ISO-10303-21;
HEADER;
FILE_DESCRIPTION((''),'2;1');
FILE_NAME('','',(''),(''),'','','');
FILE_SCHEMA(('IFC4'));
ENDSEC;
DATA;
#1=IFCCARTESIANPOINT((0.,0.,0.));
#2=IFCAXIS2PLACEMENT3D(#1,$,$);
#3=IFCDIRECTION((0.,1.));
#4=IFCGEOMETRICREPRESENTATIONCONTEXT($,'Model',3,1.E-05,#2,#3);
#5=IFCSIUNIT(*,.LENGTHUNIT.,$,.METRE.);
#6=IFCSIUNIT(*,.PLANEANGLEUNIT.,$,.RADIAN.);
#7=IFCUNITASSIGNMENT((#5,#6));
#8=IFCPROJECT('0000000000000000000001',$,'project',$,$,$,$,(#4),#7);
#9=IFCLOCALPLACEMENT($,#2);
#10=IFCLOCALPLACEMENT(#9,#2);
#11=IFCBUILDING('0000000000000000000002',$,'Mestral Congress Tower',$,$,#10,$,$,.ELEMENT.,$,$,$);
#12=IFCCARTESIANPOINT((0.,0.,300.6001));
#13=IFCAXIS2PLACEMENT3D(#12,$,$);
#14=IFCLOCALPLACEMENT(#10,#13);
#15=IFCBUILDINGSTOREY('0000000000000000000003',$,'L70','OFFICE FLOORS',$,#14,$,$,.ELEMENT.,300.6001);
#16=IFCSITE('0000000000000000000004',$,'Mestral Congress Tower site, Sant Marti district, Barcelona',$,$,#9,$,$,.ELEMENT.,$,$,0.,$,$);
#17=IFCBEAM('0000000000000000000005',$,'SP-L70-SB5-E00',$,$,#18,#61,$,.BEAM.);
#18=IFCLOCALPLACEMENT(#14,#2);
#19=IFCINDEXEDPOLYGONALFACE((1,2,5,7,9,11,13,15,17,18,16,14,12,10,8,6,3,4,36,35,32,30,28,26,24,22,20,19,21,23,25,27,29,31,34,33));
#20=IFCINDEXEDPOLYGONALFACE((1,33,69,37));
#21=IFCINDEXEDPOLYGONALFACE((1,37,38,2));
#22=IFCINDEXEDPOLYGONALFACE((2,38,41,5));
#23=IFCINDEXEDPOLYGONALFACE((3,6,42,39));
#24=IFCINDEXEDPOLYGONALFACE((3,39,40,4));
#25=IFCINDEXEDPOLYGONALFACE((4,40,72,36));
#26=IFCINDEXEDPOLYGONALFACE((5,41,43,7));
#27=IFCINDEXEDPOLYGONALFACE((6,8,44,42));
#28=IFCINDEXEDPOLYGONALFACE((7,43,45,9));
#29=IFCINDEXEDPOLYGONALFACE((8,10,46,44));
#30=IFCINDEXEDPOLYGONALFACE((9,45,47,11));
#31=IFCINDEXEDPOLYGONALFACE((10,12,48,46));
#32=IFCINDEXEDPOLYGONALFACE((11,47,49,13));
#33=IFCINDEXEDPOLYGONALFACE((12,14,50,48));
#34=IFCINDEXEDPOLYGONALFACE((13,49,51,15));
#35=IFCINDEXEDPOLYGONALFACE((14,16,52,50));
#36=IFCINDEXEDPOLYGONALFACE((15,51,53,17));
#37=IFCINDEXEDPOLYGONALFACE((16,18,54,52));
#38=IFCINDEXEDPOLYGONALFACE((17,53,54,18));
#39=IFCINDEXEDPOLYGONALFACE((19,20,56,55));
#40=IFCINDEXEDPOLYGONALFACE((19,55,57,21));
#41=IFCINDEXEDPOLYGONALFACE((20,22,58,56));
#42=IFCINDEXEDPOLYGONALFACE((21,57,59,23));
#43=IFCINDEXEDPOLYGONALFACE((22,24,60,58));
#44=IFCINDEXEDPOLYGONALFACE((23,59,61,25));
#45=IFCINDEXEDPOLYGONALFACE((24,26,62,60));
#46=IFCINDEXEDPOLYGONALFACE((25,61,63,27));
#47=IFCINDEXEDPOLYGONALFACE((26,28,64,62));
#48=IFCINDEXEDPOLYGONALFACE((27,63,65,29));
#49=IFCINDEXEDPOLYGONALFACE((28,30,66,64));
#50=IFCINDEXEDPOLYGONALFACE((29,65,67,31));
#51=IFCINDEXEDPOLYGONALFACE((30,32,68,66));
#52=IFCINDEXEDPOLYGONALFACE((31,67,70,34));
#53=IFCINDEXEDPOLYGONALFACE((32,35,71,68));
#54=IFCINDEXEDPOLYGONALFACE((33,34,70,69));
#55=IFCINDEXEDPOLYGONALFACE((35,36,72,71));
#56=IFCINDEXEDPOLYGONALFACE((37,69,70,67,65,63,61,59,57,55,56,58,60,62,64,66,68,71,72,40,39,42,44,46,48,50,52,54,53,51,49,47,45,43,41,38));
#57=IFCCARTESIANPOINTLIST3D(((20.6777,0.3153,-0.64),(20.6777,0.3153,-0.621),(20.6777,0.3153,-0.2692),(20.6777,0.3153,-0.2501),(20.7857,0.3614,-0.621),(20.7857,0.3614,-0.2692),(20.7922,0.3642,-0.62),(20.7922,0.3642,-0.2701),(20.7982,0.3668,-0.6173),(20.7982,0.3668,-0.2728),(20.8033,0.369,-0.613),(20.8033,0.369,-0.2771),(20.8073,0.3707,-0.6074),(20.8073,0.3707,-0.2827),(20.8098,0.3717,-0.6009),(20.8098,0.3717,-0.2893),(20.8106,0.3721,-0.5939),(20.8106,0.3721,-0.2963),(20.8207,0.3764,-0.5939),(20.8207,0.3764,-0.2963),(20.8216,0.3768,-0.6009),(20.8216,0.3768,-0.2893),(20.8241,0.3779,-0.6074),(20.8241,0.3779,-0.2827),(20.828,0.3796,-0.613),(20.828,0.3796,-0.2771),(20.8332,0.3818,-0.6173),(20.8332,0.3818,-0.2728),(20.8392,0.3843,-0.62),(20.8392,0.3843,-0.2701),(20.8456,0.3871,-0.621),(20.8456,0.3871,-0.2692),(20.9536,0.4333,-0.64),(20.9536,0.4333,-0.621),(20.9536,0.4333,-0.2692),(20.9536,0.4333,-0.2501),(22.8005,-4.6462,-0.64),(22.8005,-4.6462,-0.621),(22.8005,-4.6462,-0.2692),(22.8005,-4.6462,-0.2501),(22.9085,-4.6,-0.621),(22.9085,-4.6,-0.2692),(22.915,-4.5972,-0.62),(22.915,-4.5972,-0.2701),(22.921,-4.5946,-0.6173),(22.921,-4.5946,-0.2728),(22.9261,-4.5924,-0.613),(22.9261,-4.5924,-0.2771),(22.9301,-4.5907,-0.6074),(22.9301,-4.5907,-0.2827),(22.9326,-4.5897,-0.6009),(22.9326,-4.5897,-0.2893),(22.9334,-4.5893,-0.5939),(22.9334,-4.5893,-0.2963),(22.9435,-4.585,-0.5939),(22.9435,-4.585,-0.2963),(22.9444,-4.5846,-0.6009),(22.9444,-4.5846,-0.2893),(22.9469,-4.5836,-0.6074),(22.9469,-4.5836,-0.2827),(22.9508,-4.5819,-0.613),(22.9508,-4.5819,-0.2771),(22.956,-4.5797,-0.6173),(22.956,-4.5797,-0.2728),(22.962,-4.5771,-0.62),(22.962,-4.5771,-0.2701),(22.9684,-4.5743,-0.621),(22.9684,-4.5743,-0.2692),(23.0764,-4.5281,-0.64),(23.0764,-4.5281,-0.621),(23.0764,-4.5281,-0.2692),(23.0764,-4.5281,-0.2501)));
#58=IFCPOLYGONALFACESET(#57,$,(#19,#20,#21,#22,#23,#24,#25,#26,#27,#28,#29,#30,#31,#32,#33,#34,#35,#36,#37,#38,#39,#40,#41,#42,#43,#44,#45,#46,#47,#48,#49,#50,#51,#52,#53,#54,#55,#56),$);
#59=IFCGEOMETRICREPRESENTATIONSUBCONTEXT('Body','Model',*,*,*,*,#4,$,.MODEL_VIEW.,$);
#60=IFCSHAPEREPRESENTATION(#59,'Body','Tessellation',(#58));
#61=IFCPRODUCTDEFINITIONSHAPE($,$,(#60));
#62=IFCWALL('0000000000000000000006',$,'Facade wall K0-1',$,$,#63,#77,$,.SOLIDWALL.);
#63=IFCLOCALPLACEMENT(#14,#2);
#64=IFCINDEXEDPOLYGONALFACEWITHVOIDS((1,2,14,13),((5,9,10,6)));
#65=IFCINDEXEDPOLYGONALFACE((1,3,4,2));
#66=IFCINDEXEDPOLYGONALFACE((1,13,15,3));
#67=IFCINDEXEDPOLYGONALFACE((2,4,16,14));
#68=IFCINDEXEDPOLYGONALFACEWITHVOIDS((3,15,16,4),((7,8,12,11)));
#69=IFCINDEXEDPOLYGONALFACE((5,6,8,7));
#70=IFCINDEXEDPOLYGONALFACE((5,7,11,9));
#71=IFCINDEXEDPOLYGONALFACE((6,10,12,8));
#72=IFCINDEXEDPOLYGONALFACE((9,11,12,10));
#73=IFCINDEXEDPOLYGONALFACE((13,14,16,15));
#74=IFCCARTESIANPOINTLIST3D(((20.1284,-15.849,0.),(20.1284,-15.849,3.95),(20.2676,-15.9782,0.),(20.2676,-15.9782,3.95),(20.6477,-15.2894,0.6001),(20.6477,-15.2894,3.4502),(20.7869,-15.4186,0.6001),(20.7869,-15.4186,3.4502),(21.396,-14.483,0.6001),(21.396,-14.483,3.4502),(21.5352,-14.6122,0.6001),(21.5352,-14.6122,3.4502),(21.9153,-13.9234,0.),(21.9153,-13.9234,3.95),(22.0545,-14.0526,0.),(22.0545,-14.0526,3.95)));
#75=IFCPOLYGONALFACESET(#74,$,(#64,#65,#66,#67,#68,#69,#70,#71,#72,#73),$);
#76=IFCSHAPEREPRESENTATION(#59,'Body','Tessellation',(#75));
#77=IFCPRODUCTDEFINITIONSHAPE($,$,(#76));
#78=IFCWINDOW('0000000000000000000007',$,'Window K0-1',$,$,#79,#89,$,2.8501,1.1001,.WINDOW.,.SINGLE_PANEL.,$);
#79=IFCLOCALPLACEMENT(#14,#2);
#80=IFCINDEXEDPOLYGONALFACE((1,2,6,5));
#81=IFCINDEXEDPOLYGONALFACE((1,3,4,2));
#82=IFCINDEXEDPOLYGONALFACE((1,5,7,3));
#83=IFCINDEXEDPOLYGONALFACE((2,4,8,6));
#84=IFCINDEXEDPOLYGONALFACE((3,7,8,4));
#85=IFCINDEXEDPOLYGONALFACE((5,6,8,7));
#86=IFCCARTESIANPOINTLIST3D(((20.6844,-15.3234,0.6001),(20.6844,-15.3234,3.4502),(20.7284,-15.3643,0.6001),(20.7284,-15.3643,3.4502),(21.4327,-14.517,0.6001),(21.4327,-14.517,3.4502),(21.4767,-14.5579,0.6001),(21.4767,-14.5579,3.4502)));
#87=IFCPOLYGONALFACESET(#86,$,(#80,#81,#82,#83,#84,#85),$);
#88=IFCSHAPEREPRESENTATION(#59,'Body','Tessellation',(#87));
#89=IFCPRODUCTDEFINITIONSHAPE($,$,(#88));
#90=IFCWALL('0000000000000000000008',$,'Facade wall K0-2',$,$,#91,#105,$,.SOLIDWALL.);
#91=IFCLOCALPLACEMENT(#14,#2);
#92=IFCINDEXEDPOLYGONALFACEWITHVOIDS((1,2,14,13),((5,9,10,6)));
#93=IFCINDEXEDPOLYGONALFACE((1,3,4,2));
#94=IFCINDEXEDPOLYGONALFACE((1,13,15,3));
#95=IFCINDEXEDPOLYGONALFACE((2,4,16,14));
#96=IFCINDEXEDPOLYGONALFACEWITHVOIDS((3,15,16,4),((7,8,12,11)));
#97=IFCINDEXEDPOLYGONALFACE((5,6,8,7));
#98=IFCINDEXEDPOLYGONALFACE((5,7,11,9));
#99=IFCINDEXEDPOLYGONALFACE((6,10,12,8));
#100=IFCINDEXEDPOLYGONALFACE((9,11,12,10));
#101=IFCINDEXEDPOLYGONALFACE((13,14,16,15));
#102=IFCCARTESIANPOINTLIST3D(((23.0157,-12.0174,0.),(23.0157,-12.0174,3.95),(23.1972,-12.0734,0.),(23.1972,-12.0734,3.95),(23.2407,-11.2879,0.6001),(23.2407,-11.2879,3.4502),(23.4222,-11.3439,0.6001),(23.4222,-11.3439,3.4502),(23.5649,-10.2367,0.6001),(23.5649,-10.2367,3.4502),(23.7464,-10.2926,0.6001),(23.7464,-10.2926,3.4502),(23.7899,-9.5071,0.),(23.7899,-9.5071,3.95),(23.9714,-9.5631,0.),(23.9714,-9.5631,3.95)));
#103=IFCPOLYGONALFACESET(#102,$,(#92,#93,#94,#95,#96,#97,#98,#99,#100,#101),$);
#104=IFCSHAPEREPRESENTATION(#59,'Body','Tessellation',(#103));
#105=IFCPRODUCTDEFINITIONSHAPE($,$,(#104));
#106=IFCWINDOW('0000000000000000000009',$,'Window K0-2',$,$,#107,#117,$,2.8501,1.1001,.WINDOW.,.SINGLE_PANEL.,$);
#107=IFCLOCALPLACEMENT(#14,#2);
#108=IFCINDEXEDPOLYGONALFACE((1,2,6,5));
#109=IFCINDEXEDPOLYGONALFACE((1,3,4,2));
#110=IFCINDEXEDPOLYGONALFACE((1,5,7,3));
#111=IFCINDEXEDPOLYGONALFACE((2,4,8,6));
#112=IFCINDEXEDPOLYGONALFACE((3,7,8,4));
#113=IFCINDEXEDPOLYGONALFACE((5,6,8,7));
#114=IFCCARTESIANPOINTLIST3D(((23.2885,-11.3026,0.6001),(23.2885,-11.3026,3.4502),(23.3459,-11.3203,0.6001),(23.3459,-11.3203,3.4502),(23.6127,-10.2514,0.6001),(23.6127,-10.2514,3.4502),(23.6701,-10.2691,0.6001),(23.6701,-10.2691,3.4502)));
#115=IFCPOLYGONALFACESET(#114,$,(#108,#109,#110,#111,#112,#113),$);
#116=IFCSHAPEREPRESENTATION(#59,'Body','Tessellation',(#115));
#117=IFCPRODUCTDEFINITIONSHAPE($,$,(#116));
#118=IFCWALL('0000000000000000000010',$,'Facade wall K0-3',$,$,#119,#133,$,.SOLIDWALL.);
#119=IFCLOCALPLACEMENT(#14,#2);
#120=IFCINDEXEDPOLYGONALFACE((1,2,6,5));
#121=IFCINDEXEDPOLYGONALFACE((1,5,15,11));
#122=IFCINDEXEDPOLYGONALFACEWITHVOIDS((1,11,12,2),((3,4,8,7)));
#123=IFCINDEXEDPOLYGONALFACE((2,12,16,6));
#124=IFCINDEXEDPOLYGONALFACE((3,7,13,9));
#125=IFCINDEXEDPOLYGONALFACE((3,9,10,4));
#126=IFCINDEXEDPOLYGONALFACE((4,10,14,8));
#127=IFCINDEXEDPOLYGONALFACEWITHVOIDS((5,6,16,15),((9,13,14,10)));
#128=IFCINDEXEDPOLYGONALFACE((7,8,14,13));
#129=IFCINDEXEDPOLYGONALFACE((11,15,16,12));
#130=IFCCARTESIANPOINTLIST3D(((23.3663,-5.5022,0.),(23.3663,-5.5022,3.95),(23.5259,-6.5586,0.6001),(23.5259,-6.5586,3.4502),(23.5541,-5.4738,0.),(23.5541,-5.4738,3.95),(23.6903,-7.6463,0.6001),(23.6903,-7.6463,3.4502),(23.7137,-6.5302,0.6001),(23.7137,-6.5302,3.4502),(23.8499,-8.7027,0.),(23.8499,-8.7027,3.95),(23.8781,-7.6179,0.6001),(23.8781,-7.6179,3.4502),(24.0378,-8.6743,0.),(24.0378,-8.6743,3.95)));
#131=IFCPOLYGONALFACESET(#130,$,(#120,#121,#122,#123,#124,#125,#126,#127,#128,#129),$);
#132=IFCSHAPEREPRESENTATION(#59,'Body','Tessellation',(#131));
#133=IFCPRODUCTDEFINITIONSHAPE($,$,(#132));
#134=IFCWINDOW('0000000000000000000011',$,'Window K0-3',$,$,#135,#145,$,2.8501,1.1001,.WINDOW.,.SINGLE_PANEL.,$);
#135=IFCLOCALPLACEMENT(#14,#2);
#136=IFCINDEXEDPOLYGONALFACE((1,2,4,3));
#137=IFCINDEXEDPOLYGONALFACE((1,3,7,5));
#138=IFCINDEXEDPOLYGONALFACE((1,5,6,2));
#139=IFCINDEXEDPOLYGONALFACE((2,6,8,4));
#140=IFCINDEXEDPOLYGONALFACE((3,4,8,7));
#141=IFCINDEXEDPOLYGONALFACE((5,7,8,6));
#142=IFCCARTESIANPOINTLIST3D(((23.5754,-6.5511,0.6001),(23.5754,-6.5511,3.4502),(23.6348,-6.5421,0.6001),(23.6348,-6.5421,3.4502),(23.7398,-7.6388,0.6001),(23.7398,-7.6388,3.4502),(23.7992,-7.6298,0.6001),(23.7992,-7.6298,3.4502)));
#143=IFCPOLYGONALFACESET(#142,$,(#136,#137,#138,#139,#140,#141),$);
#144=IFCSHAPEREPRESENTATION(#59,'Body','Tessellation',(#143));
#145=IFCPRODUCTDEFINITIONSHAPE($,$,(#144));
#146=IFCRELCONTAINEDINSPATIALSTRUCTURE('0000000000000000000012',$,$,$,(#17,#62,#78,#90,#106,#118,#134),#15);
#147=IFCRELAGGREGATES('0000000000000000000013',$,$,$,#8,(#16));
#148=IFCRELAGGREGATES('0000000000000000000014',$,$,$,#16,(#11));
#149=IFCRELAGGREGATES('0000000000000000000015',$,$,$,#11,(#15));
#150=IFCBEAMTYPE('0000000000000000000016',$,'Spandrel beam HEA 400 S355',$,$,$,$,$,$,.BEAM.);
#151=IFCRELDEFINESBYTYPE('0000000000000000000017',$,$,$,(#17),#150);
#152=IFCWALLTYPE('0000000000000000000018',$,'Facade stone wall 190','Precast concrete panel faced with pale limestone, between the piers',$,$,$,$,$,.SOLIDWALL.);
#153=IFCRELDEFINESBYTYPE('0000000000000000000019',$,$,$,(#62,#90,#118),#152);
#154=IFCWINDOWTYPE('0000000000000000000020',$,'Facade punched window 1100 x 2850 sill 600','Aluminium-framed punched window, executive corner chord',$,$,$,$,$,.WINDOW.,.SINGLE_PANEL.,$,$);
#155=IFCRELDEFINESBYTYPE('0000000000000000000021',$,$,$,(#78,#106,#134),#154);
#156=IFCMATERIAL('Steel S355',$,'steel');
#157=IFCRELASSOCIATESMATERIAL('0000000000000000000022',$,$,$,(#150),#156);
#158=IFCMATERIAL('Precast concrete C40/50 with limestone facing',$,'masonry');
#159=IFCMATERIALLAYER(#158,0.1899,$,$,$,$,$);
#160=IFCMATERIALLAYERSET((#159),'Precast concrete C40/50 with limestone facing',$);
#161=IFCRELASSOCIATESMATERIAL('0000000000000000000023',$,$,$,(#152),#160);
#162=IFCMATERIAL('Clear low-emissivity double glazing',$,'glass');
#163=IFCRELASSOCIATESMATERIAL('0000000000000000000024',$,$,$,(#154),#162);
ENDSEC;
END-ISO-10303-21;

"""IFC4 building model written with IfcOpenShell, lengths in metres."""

from ifc_helpers import new_model, si_unit, direction, frame, frame_2d, origin, origin_2d, place, context, subcontext, project, spatial, rectangle, i_section, extrude, material, layer, layer_set, material_profile, profile_set, type_object, element, fill, save


model = new_model("IFC4")

# Units and contexts
model_context = context("Model", 3, precision=1e-05, world=origin(), true_north=direction((0.0, 1.0)))
body_context = subcontext(model_context, "Body", "Model", "MODEL_VIEW")
ifc_project = project(units=[si_unit("LENGTHUNIT", "METRE"), si_unit("PLANEANGLEUNIT", "RADIAN")], contexts=[model_context])

# Site, building, storey
site_placement = place(None, origin())
site = spatial("IfcSite", under=ifc_project, at=site_placement, Name="Mestral Congress Tower site, Sant Marti district, Barcelona", CompositionType="ELEMENT", RefElevation=0.0)
building_placement = place(site_placement, origin())
building = spatial("IfcBuilding", under=site, at=building_placement, Name="Mestral Congress Tower", CompositionType="ELEMENT")
storey_placement = place(building_placement, frame((0.0, 0.0, 300.6001)))
storey = spatial("IfcBuildingStorey", under=building, at=storey_placement, Name="L70", Description="OFFICE FLOORS", CompositionType="ELEMENT", Elevation=300.6001)

# Beam
ifc_material_1 = material(Name="Steel S355", Category="steel")
ifc_material_profile_1 = material_profile(ifc_material_1, i_section(OverallWidth=0.3, OverallDepth=0.3899, WebThickness=0.011, FlangeThickness=0.019, FilletRadius=0.0271, at=origin_2d()), Name="HEA 400")
ifc_profile_set_1 = profile_set([ifc_material_profile_1], Name="Steel S355")
beam_type_1 = type_object("IfcBeamType", Name="Spandrel beam HEA 400 S355", PredefinedType="BEAM", material=ifc_profile_set_1)
beam_1_placement = place(storey_placement, frame((22.9385, -4.5872, -0.4451), z_axis=(-0.393368, 0.919381, 0.0), x_axis=(-0.919381, -0.393368, 0.0)))
element("IfcBeam", 1, at=beam_1_placement, inside=storey, type_object=beam_type_1, Name="SP-L70-SB5-E00", PredefinedType="BEAM", context=body_context, shape_type="SweptSolid", body=[
    extrude(i_section(OverallWidth=0.3, OverallDepth=0.3899, WebThickness=0.011, FlangeThickness=0.019, FilletRadius=0.0271, at=origin_2d()), origin(), (0.0, 0.0, 1.0), 5.3965),
])

# Walls, openings, windows
ifc_material_2 = material(Name="Precast concrete C40/50 with limestone facing", Category="masonry")
ifc_layer_1 = layer(ifc_material_2, 0.1899)
ifc_layer_set_1 = layer_set([ifc_layer_1], Name="Precast concrete C40/50 with limestone facing")
wall_type_1 = type_object("IfcWallType", Name="Facade stone wall 190", Description="Precast concrete panel faced with pale limestone, between the piers", PredefinedType="SOLIDWALL", material=ifc_layer_set_1)
wall_1_placement = place(storey_placement, frame((20.198, -15.9136, 0.0), z_axis=(0.0, 0.0, 1.0), x_axis=(0.680219, 0.733009, 0.0)))
wall_1 = element("IfcWall", 2, at=wall_1_placement, inside=storey, type_object=wall_type_1, Name="Facade wall K0-1", PredefinedType="SOLIDWALL", context=body_context, shape_type="SweptSolid", body=[
    extrude(rectangle(XDim=2.627, YDim=0.1899, at=frame_2d((1.3135, 0.0))), origin(), (0.0, 0.0, 1.0), 3.95),
])
opening_1_placement = place(wall_1_placement, frame((0.7634, 0.0, 0.6001)))
opening_1 = element("IfcOpeningElement", 3, at=opening_1_placement, cuts=wall_1, PredefinedType="OPENING", context=body_context, shape_type="SweptSolid", body=[
    extrude(rectangle(XDim=1.1001, YDim=2.8501, at=frame_2d((0.55, 1.425))), frame((0.0, 0.105, 0.0), z_axis=(0.0, -1.0, 0.0), x_axis=(1.0, 0.0, 0.0)), (0.0, 0.0, 1.0), 0.21),
])
ifc_material_3 = material(Name="Clear low-emissivity double glazing", Category="glass")
window_type_1 = type_object("IfcWindowType", Name="Facade punched window 1100 x 2850 sill 600", Description="Aluminium-framed punched window, executive corner chord", PartitioningType="SINGLE_PANEL", PredefinedType="WINDOW", material=ifc_material_3)
window_1_placement = place(opening_1_placement, origin())
window_1 = element("IfcWindow", 4, at=window_1_placement, inside=storey, type_object=window_type_1, Name="Window K0-1", OverallHeight=2.8501, OverallWidth=1.1001, PartitioningType="SINGLE_PANEL", PredefinedType="WINDOW", context=body_context, shape_type="SweptSolid", body=[
    extrude(rectangle(XDim=1.1001, YDim=2.8501, at=frame_2d((0.55, 1.425))), frame((0.0, 0.0449, 0.0), z_axis=(0.0, -1.0, 0.0), x_axis=(1.0, 0.0, 0.0)), (0.0, 0.0, 1.0), 0.0601),
])
fill(opening_1, window_1)
wall_2_placement = place(storey_placement, frame((23.1064, -12.0454, 0.0), z_axis=(0.0, 0.0, 1.0), x_axis=(0.294706, 0.955588, 0.0)))
wall_2 = element("IfcWall", 5, at=wall_2_placement, inside=storey, type_object=wall_type_1, Name="Facade wall K0-2", PredefinedType="SOLIDWALL", context=body_context, shape_type="SweptSolid", body=[
    extrude(rectangle(XDim=2.627, YDim=0.1899, at=frame_2d((1.3135, 0.0))), origin(), (0.0, 0.0, 1.0), 3.95),
])
opening_2_placement = place(wall_2_placement, frame((0.7634, 0.0, 0.6001)))
opening_2 = element("IfcOpeningElement", 6, at=opening_2_placement, cuts=wall_2, PredefinedType="OPENING", context=body_context, shape_type="SweptSolid", body=[
    extrude(rectangle(XDim=1.1001, YDim=2.8501, at=frame_2d((0.55, 1.425))), frame((0.0, 0.105, 0.0), z_axis=(0.0, -1.0, 0.0), x_axis=(1.0, 0.0, 0.0)), (0.0, 0.0, 1.0), 0.21),
])
window_2_placement = place(opening_2_placement, origin())
window_2 = element("IfcWindow", 7, at=window_2_placement, inside=storey, type_object=window_type_1, Name="Window K0-2", OverallHeight=2.8501, OverallWidth=1.1001, PartitioningType="SINGLE_PANEL", PredefinedType="WINDOW", context=body_context, shape_type="SweptSolid", body=[
    extrude(rectangle(XDim=1.1001, YDim=2.8501, at=frame_2d((0.55, 1.425))), frame((0.0, 0.0449, 0.0), z_axis=(0.0, -1.0, 0.0), x_axis=(1.0, 0.0, 0.0)), (0.0, 0.0, 1.0), 0.0601),
])
fill(opening_2, window_2)
wall_3_placement = place(storey_placement, frame((23.9438, -8.6885, 0.0), z_axis=(0.0, 0.0, 1.0), x_axis=(-0.149421, 0.988774, 0.0)))
wall_3 = element("IfcWall", 8, at=wall_3_placement, inside=storey, type_object=wall_type_1, Name="Facade wall K0-3", PredefinedType="SOLIDWALL", context=body_context, shape_type="SweptSolid", body=[
    extrude(rectangle(XDim=3.2368, YDim=0.1899, at=frame_2d((1.6184, 0.0))), origin(), (0.0, 0.0, 1.0), 3.95),
])
opening_3_placement = place(wall_3_placement, frame((1.0684, 0.0, 0.6001)))
opening_3 = element("IfcOpeningElement", 9, at=opening_3_placement, cuts=wall_3, PredefinedType="OPENING", context=body_context, shape_type="SweptSolid", body=[
    extrude(rectangle(XDim=1.1001, YDim=2.8501, at=frame_2d((0.55, 1.425))), frame((0.0, 0.105, 0.0), z_axis=(0.0, -1.0, 0.0), x_axis=(1.0, 0.0, 0.0)), (0.0, 0.0, 1.0), 0.21),
])
window_3_placement = place(opening_3_placement, origin())
window_3 = element("IfcWindow", 10, at=window_3_placement, inside=storey, type_object=window_type_1, Name="Window K0-3", OverallHeight=2.8501, OverallWidth=1.1001, PartitioningType="SINGLE_PANEL", PredefinedType="WINDOW", context=body_context, shape_type="SweptSolid", body=[
    extrude(rectangle(XDim=1.1001, YDim=2.8501, at=frame_2d((0.55, 1.425))), frame((0.0, 0.0449, 0.0), z_axis=(0.0, -1.0, 0.0), x_axis=(1.0, 0.0, 0.0)), (0.0, 0.0, 1.0), 0.0601),
])
fill(opening_3, window_3)

save(model, "model.ifc")
